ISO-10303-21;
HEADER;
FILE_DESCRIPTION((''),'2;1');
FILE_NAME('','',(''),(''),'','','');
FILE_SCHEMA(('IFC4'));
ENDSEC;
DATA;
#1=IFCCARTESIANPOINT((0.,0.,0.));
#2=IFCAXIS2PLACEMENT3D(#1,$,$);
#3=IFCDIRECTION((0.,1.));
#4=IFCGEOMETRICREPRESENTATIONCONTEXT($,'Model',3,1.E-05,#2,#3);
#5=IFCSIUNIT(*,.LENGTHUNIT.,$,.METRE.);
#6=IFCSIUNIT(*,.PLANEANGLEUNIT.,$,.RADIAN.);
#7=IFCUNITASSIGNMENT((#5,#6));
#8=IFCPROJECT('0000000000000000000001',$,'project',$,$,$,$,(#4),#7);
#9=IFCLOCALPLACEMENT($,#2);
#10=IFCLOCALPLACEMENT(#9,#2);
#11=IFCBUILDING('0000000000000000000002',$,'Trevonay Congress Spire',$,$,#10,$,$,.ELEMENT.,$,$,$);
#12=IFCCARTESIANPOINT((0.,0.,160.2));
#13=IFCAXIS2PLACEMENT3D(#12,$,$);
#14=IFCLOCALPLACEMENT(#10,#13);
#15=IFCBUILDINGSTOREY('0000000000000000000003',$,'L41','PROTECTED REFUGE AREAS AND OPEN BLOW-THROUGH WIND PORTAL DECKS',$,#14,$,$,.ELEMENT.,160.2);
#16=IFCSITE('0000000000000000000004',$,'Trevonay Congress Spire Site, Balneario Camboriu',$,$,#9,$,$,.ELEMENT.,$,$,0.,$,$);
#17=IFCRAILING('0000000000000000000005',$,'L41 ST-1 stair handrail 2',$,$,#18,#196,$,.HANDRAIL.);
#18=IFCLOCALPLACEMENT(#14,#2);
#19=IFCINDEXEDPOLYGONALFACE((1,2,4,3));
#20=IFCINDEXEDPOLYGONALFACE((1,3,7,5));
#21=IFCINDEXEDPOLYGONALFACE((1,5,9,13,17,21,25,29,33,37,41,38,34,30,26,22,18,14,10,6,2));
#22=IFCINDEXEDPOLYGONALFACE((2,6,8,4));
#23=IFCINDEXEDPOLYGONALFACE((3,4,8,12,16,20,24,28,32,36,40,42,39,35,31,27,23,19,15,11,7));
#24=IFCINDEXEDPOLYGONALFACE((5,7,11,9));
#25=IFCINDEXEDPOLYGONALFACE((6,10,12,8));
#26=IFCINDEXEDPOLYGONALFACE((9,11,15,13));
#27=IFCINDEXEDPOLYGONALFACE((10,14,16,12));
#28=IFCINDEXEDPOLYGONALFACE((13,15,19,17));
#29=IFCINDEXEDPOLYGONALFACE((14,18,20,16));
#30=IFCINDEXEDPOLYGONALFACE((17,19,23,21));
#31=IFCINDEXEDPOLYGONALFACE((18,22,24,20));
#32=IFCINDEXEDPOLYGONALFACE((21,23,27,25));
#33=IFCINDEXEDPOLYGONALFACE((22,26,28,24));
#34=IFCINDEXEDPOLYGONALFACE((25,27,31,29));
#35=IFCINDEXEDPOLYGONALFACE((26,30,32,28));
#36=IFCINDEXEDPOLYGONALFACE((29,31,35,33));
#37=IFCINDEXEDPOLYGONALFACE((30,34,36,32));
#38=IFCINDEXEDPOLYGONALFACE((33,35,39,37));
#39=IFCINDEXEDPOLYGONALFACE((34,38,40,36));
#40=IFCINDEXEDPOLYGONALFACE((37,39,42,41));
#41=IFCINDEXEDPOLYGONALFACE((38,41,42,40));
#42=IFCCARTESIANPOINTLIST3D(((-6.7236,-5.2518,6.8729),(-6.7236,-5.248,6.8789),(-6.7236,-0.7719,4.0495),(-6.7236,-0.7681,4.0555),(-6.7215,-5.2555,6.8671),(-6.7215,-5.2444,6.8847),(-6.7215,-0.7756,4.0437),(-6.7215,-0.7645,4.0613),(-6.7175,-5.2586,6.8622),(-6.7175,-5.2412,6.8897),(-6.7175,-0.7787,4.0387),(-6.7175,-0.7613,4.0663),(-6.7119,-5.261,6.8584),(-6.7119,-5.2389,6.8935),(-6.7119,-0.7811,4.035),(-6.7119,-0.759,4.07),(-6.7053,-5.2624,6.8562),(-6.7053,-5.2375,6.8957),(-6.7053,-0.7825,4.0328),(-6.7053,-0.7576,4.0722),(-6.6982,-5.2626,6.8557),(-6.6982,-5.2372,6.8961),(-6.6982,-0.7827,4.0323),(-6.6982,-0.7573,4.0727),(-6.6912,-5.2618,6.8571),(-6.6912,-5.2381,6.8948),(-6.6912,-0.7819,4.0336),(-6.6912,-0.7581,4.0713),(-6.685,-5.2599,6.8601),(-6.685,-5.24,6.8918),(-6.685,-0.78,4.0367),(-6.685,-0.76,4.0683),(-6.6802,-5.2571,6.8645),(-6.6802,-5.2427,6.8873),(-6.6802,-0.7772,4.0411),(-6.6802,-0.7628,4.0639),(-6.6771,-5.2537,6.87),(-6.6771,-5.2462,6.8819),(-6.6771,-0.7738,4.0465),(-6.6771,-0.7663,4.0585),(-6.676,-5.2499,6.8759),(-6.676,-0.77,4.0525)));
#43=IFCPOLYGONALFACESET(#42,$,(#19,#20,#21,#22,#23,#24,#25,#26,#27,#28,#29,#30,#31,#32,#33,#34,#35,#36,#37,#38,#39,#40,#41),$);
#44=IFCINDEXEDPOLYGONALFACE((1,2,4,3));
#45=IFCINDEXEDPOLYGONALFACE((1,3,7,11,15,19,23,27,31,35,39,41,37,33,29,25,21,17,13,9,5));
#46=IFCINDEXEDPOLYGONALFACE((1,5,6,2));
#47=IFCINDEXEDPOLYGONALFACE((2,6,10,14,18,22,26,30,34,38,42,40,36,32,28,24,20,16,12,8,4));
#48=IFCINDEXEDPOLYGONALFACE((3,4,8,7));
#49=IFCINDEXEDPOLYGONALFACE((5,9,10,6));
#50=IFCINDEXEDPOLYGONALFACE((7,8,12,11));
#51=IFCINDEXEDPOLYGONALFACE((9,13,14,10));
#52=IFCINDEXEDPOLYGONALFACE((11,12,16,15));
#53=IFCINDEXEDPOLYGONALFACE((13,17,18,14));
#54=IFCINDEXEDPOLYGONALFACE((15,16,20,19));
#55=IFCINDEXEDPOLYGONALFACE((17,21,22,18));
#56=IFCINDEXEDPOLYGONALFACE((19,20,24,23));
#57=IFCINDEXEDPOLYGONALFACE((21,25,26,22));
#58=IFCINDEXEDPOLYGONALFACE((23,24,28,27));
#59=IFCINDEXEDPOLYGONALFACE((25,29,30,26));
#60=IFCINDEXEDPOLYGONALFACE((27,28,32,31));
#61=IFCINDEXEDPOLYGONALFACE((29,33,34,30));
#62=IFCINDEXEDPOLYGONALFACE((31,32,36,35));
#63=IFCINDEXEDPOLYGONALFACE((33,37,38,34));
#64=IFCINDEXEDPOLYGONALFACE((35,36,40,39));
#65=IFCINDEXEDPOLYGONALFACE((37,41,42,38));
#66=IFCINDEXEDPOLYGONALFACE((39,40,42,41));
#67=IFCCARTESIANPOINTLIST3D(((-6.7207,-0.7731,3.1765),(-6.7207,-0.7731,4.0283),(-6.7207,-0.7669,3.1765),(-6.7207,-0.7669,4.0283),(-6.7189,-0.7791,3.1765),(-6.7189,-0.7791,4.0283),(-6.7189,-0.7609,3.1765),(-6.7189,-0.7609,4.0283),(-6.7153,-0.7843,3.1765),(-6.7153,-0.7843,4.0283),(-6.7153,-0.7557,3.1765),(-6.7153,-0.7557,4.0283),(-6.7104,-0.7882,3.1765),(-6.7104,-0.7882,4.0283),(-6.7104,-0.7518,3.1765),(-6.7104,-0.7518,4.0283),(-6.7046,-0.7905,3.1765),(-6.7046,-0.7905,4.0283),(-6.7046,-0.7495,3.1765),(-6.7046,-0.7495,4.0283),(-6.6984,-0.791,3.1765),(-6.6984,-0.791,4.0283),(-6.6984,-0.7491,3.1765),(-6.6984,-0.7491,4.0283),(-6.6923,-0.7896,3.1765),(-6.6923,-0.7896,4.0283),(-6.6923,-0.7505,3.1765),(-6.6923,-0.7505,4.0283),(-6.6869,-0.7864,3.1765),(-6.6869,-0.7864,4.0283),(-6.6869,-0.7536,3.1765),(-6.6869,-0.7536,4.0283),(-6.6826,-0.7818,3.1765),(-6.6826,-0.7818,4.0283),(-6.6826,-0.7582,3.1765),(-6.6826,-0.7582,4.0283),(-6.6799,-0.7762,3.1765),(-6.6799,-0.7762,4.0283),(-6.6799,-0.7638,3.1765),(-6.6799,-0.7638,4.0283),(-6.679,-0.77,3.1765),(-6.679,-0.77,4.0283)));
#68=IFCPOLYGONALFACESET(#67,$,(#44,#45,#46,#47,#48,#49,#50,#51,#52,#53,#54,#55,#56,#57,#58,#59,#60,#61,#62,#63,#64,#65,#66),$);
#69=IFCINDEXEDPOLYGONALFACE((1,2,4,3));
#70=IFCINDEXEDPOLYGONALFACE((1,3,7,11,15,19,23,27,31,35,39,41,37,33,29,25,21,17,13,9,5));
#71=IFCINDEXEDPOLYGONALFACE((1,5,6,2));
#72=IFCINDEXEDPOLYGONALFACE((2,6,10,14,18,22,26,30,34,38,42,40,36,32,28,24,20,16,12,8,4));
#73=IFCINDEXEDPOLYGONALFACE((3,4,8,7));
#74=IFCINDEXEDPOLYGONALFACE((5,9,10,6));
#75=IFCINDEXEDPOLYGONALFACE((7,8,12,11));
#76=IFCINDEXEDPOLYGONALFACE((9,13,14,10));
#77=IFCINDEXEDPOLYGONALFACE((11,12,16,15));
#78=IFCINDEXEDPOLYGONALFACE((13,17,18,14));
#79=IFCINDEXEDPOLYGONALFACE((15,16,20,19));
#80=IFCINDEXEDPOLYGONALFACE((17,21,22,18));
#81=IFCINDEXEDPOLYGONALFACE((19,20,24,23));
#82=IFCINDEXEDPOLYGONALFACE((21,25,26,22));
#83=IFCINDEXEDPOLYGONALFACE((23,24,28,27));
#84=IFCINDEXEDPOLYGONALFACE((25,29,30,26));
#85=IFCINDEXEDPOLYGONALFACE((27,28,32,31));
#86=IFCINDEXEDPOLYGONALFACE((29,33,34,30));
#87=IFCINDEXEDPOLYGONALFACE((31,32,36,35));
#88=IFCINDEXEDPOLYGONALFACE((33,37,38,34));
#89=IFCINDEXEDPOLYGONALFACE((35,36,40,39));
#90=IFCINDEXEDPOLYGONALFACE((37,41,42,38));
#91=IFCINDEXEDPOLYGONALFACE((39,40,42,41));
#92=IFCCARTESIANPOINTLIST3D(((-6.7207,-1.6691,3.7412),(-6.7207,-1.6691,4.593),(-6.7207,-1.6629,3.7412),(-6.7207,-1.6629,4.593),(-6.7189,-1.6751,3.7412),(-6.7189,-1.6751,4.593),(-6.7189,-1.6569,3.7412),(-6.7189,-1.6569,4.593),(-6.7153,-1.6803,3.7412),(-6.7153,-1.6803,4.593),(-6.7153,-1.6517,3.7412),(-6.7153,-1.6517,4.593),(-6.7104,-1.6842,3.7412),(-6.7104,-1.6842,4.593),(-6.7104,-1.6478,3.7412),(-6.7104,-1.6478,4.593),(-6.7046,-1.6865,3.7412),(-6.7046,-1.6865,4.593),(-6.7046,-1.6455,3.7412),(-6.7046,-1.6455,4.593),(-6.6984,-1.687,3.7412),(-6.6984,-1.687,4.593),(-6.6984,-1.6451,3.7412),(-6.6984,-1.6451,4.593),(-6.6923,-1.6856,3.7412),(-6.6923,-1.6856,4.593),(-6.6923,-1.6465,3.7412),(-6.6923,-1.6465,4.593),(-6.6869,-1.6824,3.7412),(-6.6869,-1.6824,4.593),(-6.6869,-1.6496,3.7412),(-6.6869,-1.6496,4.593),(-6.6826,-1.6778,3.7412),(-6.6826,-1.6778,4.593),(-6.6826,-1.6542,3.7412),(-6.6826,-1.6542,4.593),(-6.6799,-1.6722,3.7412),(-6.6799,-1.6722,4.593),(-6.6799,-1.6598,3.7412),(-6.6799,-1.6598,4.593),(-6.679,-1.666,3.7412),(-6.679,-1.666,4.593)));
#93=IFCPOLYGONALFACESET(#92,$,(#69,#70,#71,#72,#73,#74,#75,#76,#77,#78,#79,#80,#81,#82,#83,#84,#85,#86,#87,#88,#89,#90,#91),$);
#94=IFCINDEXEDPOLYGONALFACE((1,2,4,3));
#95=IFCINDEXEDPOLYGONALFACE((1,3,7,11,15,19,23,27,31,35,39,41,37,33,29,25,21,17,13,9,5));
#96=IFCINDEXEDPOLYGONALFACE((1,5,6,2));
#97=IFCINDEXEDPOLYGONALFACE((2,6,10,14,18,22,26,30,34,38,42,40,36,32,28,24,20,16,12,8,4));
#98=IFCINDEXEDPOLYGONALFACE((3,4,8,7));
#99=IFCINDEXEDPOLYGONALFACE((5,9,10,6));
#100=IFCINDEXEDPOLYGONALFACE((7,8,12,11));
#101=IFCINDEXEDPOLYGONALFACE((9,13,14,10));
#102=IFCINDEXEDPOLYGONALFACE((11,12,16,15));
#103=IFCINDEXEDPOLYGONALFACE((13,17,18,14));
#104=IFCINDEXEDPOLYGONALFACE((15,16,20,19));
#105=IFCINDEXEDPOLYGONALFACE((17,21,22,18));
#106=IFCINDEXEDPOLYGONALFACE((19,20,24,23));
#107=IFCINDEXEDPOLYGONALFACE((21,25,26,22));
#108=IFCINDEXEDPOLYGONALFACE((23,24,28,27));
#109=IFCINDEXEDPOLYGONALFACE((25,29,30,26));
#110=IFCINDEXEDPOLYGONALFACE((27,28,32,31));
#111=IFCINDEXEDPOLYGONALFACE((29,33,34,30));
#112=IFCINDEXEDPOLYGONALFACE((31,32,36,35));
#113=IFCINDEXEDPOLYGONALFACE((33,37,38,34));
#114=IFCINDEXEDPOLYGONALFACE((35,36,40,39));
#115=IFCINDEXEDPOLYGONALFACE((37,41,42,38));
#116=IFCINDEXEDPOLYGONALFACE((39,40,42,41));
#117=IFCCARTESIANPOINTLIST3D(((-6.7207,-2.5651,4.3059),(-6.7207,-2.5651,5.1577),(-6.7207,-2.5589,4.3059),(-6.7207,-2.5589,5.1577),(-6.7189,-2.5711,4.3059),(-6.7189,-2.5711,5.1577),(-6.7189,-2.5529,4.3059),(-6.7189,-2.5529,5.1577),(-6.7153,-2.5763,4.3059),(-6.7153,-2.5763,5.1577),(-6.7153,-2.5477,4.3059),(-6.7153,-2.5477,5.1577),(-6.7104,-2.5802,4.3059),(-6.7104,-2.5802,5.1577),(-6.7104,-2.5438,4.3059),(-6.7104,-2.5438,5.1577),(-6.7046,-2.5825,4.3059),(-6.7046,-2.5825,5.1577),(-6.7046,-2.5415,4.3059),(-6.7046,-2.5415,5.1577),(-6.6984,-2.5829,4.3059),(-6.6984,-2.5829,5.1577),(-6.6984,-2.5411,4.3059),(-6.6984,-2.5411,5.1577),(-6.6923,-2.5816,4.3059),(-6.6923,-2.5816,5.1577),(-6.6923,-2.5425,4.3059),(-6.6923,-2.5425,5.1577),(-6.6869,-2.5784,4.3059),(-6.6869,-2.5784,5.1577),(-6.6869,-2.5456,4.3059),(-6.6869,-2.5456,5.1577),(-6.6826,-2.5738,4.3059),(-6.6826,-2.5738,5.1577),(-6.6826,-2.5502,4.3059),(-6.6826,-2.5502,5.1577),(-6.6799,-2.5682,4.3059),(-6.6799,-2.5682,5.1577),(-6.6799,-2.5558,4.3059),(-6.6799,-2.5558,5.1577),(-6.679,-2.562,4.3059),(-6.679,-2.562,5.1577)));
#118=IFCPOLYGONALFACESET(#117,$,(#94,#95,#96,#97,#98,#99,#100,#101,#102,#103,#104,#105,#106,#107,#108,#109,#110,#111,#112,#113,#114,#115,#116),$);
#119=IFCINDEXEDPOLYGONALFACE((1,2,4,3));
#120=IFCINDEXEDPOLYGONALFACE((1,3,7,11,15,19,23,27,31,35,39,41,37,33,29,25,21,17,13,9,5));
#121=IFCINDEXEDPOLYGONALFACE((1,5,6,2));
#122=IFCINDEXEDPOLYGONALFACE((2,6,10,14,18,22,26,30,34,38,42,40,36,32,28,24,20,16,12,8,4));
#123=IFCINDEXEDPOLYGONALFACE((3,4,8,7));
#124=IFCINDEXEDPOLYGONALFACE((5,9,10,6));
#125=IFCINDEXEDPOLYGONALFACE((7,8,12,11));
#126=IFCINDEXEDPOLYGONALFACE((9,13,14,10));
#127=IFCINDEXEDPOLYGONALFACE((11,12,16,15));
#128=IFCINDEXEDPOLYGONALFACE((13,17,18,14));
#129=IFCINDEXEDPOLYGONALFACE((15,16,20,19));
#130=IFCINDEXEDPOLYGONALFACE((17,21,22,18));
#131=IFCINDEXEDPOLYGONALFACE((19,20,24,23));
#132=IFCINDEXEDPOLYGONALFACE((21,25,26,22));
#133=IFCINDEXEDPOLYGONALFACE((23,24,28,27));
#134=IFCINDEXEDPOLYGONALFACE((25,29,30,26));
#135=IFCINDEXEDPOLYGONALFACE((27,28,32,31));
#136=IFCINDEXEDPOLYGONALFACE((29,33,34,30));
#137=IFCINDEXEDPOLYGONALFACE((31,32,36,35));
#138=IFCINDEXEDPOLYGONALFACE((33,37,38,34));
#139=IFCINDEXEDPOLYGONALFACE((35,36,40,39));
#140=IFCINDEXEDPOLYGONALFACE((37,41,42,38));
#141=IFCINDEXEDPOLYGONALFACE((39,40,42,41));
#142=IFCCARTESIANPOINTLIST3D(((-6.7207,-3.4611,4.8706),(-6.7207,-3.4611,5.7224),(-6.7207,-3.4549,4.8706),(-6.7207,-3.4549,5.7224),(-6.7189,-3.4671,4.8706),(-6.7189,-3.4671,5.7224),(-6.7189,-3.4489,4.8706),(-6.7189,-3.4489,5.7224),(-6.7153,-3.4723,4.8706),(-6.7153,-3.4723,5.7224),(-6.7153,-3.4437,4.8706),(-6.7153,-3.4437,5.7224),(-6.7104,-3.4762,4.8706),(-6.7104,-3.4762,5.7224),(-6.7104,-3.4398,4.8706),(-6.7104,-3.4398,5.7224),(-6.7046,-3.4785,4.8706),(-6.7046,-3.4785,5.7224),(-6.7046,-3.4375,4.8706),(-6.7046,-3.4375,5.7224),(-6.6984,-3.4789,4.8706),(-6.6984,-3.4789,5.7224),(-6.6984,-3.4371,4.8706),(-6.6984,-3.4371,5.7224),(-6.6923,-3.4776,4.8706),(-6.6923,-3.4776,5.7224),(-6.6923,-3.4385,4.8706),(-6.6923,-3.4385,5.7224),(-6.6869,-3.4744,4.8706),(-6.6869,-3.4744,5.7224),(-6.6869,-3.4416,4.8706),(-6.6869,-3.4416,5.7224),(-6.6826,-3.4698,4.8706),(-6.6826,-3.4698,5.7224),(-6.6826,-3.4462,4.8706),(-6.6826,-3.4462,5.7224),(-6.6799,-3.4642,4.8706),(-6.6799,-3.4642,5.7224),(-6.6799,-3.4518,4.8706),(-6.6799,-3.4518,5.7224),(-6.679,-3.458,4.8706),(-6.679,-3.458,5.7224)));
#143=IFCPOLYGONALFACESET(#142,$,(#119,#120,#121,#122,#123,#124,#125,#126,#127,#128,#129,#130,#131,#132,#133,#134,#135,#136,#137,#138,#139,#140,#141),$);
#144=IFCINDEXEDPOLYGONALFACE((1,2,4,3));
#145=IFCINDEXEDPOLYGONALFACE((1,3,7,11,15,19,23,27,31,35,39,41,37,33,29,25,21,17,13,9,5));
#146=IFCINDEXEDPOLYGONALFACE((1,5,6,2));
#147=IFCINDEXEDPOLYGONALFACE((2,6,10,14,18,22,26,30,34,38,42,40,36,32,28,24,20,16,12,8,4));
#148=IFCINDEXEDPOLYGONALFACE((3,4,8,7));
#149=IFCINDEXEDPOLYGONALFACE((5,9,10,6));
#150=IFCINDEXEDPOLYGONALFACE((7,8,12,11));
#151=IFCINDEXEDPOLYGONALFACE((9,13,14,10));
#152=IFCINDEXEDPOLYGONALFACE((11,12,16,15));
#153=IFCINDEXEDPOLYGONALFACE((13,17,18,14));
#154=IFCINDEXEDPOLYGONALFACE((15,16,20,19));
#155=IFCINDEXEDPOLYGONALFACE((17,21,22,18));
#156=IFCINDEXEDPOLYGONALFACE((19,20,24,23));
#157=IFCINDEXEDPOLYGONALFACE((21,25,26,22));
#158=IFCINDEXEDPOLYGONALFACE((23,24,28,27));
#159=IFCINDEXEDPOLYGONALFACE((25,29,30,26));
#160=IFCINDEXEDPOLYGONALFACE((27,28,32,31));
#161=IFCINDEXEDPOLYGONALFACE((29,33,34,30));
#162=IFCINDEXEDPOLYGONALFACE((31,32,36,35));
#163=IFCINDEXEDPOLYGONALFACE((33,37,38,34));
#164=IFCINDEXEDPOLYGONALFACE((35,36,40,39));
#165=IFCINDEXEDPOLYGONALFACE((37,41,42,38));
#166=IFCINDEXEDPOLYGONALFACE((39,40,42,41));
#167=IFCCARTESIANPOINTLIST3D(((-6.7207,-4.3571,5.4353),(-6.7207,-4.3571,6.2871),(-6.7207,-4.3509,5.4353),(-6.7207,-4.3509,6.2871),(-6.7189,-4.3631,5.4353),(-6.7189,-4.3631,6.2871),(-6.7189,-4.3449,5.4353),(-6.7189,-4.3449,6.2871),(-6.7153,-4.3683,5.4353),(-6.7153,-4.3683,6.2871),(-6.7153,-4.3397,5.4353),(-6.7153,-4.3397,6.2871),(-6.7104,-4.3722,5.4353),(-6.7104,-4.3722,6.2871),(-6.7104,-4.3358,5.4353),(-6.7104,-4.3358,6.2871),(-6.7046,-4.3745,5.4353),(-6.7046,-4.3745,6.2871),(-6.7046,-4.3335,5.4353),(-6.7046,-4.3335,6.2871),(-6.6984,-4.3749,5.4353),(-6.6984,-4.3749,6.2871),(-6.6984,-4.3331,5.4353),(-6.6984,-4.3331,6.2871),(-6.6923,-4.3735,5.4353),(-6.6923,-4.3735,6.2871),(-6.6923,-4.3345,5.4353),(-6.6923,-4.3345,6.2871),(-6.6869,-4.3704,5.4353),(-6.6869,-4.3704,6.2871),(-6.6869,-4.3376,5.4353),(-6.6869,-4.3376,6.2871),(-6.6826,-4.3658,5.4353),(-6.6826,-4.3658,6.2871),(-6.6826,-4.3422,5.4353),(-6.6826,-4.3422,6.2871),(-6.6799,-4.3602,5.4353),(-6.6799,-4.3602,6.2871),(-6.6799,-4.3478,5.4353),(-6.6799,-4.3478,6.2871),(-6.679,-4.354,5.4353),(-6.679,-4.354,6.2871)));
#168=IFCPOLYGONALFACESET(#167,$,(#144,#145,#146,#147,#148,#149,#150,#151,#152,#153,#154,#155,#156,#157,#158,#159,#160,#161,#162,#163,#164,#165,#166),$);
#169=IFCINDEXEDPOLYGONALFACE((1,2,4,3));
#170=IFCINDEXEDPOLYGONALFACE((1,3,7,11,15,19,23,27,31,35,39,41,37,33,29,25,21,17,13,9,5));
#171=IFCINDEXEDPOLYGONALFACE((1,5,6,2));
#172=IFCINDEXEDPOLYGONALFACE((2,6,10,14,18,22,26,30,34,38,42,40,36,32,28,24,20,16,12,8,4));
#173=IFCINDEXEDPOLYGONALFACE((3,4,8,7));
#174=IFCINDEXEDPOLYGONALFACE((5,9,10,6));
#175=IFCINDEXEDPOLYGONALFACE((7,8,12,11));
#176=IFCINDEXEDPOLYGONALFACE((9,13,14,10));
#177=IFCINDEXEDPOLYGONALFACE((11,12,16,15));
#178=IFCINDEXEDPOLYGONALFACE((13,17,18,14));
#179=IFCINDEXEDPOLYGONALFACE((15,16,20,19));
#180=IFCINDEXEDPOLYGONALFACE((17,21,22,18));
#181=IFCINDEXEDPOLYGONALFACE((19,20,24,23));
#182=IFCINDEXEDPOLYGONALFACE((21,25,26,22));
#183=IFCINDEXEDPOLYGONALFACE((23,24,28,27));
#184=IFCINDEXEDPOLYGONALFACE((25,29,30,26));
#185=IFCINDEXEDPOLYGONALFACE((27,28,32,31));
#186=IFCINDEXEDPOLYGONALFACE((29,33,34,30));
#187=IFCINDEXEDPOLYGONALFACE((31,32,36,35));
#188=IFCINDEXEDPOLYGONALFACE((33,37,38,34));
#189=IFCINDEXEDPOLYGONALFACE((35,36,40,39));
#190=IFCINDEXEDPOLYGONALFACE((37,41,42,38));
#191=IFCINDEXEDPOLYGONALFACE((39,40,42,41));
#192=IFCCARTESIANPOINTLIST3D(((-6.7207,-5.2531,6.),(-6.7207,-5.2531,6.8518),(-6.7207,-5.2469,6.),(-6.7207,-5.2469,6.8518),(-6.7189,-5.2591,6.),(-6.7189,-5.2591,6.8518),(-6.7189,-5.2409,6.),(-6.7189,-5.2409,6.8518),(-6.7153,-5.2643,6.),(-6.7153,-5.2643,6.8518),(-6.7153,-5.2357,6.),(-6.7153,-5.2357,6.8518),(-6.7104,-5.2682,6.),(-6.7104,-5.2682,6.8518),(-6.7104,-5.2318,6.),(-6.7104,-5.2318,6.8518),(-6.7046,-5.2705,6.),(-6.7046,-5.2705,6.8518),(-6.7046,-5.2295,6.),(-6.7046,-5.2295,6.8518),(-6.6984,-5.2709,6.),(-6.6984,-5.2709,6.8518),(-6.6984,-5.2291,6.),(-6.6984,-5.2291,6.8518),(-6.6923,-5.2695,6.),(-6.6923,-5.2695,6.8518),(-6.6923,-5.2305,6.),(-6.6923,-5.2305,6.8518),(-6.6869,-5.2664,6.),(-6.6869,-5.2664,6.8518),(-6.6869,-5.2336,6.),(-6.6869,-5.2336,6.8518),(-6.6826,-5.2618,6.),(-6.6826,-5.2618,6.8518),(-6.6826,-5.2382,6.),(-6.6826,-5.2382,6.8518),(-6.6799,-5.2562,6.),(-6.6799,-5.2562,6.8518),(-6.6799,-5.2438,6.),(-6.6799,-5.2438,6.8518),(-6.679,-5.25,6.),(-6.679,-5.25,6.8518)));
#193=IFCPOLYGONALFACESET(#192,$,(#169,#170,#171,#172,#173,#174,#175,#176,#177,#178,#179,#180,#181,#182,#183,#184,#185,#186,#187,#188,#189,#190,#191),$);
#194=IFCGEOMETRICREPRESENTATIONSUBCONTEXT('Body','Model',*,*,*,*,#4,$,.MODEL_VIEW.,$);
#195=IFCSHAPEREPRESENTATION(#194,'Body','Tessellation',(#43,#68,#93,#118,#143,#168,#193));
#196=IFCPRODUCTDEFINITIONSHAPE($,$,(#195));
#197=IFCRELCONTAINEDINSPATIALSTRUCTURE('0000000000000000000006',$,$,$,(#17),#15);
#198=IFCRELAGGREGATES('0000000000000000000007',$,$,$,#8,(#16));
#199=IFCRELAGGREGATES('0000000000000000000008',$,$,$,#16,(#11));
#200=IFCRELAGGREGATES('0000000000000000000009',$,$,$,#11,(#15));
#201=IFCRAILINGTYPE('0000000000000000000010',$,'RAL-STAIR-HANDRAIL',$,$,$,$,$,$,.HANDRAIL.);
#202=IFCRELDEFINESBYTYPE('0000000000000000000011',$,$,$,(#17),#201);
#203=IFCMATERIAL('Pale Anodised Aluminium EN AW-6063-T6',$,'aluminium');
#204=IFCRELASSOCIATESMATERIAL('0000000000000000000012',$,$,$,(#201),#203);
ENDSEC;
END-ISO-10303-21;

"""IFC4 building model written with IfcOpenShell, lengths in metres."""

from ifc_helpers import new_model, si_unit, direction, frame, origin, origin_2d, place, context, subcontext, project, spatial, circle, extrude, material, type_object, element, save


model = new_model("IFC4")

# Units and contexts
model_context = context("Model", 3, precision=1e-05, world=origin(), true_north=direction((0.0, 1.0)))
body_context = subcontext(model_context, "Body", "Model", "MODEL_VIEW")
ifc_project = project(units=[si_unit("LENGTHUNIT", "METRE"), si_unit("PLANEANGLEUNIT", "RADIAN")], contexts=[model_context])

# Site, building, storey
site_placement = place(None, origin())
site = spatial("IfcSite", under=ifc_project, at=site_placement, Name="Trevonay Congress Spire Site, Balneario Camboriu", CompositionType="ELEMENT", RefElevation=0.0)
building_placement = place(site_placement, origin())
building = spatial("IfcBuilding", under=site, at=building_placement, Name="Trevonay Congress Spire", CompositionType="ELEMENT")
storey_placement = place(building_placement, frame((0.0, 0.0, 160.2)))
storey = spatial("IfcBuildingStorey", under=building, at=storey_placement, Name="L41", Description="PROTECTED REFUGE AREAS AND OPEN BLOW-THROUGH WIND PORTAL DECKS", CompositionType="ELEMENT", Elevation=160.2)

# Railing
ifc_material_1 = material(Name="Pale Anodised Aluminium EN AW-6063-T6", Category="aluminium")
railing_type_1 = type_object("IfcRailingType", Name="RAL-STAIR-HANDRAIL", PredefinedType="HANDRAIL", material=ifc_material_1)
railing_1_placement = place(storey_placement, frame((-6.7, -0.77, 3.1765)))
element("IfcRailing", 1, at=railing_1_placement, inside=storey, type_object=railing_type_1, Name="L41 ST-1 stair handrail 2", PredefinedType="HANDRAIL", context=body_context, shape_type="SweptSolid", body=[
    extrude(circle(Radius=0.0239, at=origin_2d()), frame((0.0, 0.0, 0.876), z_axis=(0.0, -0.845998, 0.533186), x_axis=(1.0, 0.0, 0.0)), (0.0, 0.0, 1.0), 5.2954),
    extrude(circle(Radius=0.021, at=origin_2d()), origin(), (0.0, 0.0, 1.0), 0.8518),
    extrude(circle(Radius=0.021, at=origin_2d()), frame((0.0, -0.896, 0.5647)), (0.0, 0.0, 1.0), 0.8518),
    extrude(circle(Radius=0.021, at=origin_2d()), frame((0.0, -1.792, 1.1294)), (0.0, 0.0, 1.0), 0.8518),
    extrude(circle(Radius=0.021, at=origin_2d()), frame((0.0, -2.688, 1.6941)), (0.0, 0.0, 1.0), 0.8518),
    extrude(circle(Radius=0.021, at=origin_2d()), frame((0.0, -3.584, 2.2588)), (0.0, 0.0, 1.0), 0.8518),
    extrude(circle(Radius=0.021, at=origin_2d()), frame((0.0, -4.48, 2.8235)), (0.0, 0.0, 1.0), 0.8518),
])

save(model, "model.ifc")
